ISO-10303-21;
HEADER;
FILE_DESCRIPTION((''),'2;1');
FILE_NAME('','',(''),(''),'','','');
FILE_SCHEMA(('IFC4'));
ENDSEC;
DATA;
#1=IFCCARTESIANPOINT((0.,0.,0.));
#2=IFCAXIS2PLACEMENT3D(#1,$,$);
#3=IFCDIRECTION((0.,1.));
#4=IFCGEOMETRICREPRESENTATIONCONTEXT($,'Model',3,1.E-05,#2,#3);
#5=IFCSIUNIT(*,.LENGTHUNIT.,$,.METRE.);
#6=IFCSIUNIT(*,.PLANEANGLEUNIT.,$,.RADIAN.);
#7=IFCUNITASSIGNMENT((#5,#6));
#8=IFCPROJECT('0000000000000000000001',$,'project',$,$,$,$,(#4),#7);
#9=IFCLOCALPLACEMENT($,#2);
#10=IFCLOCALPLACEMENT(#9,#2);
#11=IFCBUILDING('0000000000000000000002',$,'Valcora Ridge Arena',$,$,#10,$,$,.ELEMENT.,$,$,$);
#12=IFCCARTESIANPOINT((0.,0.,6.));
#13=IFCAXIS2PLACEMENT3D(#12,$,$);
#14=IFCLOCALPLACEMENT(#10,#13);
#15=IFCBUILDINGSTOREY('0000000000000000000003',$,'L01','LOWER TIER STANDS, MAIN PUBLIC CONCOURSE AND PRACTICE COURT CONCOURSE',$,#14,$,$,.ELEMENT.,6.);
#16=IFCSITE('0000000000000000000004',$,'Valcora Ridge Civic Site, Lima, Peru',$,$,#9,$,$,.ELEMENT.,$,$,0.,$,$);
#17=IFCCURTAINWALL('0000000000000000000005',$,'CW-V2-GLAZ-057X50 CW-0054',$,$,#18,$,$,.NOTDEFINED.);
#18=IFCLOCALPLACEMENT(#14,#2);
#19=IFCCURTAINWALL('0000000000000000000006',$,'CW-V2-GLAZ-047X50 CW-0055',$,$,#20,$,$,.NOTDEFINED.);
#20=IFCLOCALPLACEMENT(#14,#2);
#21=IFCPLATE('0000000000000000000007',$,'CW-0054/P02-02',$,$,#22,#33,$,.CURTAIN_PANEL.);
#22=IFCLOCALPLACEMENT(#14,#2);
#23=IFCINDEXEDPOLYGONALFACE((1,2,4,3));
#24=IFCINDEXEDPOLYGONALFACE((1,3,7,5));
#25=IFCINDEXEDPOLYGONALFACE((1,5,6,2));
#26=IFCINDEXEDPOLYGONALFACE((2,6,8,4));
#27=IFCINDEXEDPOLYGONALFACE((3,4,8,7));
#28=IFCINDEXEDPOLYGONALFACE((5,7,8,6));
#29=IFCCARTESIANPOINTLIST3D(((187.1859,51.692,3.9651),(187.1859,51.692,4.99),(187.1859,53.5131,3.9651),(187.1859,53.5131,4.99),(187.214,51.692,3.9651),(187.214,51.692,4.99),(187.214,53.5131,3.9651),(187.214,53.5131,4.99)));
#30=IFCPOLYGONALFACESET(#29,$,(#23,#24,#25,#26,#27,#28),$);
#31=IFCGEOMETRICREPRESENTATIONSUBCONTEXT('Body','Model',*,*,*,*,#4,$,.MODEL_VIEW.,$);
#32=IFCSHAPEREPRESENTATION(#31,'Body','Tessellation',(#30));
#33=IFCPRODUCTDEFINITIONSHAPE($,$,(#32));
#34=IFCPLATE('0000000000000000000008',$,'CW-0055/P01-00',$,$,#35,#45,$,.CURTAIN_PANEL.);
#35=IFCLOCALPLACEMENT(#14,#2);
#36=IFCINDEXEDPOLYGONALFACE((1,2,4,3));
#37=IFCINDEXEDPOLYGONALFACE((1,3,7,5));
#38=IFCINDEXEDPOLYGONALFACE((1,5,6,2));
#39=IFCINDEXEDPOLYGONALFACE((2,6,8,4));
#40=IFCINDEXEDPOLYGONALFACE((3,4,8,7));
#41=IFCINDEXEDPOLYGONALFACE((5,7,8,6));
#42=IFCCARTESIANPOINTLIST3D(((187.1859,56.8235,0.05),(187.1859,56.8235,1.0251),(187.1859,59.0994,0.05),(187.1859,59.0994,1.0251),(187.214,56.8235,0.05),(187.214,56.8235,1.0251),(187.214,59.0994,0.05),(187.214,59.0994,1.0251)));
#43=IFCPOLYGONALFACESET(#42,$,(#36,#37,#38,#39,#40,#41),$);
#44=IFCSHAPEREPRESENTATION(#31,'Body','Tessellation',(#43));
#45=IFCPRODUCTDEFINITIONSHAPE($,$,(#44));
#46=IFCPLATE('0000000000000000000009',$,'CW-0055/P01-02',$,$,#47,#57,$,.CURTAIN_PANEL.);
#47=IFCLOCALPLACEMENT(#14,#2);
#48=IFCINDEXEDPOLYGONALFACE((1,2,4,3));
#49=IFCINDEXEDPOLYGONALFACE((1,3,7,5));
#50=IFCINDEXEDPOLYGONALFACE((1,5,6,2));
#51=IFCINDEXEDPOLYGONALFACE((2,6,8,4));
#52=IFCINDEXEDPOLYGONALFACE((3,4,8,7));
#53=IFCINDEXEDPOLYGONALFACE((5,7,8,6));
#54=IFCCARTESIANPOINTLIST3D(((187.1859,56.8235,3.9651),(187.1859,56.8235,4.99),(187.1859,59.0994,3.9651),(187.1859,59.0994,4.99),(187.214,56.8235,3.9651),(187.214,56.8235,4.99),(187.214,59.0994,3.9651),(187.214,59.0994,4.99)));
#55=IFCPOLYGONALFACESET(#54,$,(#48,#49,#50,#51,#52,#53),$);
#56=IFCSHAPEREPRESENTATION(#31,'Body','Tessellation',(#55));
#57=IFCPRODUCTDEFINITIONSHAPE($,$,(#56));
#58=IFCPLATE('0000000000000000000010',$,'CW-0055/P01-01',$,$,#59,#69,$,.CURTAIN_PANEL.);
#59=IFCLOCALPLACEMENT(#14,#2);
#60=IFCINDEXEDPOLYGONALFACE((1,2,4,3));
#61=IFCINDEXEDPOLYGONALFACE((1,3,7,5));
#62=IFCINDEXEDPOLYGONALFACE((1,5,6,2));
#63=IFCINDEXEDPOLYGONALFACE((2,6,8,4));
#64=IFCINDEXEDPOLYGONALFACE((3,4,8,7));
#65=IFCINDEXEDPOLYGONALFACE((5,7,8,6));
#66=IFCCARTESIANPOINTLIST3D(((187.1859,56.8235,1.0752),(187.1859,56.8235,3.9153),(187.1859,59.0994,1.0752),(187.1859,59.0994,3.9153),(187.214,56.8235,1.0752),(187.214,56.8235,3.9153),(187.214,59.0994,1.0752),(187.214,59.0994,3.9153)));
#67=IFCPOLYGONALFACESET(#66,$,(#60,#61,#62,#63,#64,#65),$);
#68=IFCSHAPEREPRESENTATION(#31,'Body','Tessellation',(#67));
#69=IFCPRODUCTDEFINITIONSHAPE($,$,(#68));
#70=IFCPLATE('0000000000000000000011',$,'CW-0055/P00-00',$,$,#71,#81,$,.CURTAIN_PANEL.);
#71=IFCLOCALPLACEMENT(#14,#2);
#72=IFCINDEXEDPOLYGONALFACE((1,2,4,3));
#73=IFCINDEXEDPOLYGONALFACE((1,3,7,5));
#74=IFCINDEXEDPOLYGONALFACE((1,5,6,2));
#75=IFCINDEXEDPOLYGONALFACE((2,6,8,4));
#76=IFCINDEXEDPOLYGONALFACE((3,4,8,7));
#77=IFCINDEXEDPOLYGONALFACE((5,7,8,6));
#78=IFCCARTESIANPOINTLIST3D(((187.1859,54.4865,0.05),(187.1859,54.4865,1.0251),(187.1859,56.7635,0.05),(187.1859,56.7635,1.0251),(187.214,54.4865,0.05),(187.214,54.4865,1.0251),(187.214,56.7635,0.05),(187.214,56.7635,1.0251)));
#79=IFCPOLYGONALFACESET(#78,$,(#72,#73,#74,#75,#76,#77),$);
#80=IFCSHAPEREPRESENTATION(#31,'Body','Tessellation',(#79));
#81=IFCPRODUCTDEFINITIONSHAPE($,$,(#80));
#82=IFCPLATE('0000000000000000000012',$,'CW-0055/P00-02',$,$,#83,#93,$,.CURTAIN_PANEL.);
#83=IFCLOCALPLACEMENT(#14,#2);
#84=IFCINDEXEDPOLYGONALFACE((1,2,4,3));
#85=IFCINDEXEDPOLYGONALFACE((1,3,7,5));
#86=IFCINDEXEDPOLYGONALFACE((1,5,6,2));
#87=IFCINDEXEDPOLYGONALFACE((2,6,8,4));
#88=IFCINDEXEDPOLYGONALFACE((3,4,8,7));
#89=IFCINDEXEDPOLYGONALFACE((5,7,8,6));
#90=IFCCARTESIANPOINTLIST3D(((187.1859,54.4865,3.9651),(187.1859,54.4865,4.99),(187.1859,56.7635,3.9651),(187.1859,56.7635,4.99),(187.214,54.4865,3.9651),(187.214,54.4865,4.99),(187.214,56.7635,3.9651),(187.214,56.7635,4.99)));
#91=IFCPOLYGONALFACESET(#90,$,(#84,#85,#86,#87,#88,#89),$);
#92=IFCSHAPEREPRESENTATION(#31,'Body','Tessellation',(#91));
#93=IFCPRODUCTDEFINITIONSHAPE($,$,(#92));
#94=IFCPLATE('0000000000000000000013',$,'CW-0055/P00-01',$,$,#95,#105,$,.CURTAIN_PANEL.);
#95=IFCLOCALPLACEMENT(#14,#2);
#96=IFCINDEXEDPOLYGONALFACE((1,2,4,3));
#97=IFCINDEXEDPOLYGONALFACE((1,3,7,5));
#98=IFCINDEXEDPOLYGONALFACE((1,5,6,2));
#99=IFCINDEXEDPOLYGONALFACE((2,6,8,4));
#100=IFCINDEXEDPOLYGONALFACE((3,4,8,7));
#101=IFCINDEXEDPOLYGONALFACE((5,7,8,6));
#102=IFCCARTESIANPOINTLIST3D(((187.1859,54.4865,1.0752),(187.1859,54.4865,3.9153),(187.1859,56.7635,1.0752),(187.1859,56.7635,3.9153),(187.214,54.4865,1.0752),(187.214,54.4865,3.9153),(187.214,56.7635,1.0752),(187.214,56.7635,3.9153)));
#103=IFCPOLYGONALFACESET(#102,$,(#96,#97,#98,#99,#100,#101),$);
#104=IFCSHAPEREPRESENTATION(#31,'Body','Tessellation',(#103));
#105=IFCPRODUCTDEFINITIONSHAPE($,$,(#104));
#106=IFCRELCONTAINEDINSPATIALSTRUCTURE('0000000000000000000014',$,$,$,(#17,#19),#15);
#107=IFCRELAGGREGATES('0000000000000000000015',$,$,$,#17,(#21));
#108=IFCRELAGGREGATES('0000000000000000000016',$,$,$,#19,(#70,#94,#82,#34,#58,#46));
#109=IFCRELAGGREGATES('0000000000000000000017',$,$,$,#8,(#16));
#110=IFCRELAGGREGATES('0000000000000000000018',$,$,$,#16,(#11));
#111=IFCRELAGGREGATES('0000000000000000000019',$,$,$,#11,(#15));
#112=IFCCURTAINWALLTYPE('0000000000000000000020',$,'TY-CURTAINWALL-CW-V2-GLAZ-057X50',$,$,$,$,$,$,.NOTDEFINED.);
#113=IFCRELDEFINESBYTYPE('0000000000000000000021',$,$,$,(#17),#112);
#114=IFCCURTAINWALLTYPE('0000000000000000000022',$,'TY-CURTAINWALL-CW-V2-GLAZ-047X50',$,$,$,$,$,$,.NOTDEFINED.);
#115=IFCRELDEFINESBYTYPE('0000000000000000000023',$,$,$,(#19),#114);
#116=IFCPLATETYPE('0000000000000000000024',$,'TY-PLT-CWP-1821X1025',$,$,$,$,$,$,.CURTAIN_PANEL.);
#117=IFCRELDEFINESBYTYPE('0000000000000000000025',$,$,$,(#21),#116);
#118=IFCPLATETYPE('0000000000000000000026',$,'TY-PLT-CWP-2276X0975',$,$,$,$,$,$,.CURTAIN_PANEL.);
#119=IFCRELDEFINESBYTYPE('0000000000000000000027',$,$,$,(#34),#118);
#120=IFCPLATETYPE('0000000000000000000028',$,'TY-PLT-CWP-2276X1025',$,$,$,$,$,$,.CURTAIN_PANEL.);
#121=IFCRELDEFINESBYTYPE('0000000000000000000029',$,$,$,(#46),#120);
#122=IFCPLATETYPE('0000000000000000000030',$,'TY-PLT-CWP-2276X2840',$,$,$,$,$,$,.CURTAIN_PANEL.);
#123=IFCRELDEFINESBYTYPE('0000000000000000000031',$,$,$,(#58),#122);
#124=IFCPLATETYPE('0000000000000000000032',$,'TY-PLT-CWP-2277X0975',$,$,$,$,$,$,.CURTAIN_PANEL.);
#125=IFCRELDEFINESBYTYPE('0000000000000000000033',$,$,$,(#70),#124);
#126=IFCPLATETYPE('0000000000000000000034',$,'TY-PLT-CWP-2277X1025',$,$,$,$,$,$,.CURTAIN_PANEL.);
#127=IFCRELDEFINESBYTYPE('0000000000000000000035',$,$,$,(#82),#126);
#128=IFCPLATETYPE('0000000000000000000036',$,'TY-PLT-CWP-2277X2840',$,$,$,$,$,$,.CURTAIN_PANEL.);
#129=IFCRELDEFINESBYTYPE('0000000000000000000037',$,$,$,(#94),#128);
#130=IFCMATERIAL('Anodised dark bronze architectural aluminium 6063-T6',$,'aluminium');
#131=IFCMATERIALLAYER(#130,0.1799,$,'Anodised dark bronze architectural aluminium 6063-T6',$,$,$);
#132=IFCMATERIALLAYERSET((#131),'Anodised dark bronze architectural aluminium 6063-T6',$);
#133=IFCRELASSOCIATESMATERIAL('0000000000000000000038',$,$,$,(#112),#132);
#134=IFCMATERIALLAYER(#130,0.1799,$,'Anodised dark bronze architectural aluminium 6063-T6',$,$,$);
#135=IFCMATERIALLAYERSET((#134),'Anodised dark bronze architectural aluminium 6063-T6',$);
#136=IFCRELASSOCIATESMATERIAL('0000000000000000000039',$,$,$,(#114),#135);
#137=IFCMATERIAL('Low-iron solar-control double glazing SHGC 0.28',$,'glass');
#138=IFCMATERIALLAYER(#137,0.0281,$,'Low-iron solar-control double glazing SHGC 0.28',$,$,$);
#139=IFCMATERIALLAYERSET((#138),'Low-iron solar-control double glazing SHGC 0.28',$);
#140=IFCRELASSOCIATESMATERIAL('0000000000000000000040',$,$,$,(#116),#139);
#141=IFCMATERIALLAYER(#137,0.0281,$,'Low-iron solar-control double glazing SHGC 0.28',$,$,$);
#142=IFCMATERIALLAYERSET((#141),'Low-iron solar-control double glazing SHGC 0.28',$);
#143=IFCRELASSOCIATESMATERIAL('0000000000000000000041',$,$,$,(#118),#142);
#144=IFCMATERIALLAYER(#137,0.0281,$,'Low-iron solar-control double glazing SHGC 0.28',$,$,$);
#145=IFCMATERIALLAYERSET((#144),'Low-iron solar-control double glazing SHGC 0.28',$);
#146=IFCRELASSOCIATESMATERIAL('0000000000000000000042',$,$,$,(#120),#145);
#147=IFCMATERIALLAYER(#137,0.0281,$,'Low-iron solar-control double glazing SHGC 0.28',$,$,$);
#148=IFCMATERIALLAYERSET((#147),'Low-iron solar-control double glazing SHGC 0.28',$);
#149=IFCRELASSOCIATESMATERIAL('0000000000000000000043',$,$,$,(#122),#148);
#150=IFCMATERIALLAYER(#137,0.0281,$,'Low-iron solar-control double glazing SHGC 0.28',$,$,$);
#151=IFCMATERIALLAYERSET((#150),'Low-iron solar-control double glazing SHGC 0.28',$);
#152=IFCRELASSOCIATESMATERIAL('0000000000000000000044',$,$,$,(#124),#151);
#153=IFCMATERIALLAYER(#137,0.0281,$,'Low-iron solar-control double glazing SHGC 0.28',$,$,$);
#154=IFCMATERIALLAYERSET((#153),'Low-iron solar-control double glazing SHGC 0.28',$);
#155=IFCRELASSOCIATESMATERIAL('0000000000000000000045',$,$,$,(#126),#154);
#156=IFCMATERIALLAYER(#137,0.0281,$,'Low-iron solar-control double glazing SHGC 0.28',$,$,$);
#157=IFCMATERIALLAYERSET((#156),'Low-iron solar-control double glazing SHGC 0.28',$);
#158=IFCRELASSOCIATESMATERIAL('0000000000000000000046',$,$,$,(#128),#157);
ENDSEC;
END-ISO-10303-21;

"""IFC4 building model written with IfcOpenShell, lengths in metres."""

from ifc_helpers import new_model, si_unit, direction, frame, origin, origin_2d, place, context, subcontext, project, spatial, rectangle, extrude, material, layer, layer_set, type_object, element, aggregate, save


model = new_model("IFC4")

# Units and contexts
model_context = context("Model", 3, precision=1e-05, world=origin(), true_north=direction((0.0, 1.0)))
body_context = subcontext(model_context, "Body", "Model", "MODEL_VIEW")
ifc_project = project(units=[si_unit("LENGTHUNIT", "METRE"), si_unit("PLANEANGLEUNIT", "RADIAN")], contexts=[model_context])

# Site, building, storey
site_placement = place(None, origin())
site = spatial("IfcSite", under=ifc_project, at=site_placement, Name="Valcora Ridge Civic Site, Lima, Peru", CompositionType="ELEMENT", RefElevation=0.0)
building_placement = place(site_placement, origin())
building = spatial("IfcBuilding", under=site, at=building_placement, Name="Valcora Ridge Arena", CompositionType="ELEMENT")
storey_placement = place(building_placement, frame((0.0, 0.0, 6.0)))
storey = spatial("IfcBuildingStorey", under=building, at=storey_placement, Name="L01", Description="LOWER TIER STANDS, MAIN PUBLIC CONCOURSE AND PRACTICE COURT CONCOURSE", CompositionType="ELEMENT", Elevation=6.0)

# Curtain wall
ifc_material_1 = material(Name="Anodised dark bronze architectural aluminium 6063-T6", Category="aluminium")
ifc_layer_1 = layer(ifc_material_1, 0.1799, Name="Anodised dark bronze architectural aluminium 6063-T6")
ifc_layer_set_1 = layer_set([ifc_layer_1], Name="Anodised dark bronze architectural aluminium 6063-T6")
curtain_wall_type_1 = type_object("IfcCurtainWallType", Name="TY-CURTAINWALL-CW-V2-GLAZ-057X50", PredefinedType="NOTDEFINED", material=ifc_layer_set_1)
curtain_wall_1_placement = place(storey_placement, origin())
curtain_wall_1 = element("IfcCurtainWall", 1, at=curtain_wall_1_placement, inside=storey, type_object=curtain_wall_type_1, Name="CW-V2-GLAZ-057X50 CW-0054", PredefinedType="NOTDEFINED")

# Curtain wall
ifc_layer_2 = layer(ifc_material_1, 0.1799, Name="Anodised dark bronze architectural aluminium 6063-T6")
ifc_layer_set_2 = layer_set([ifc_layer_2], Name="Anodised dark bronze architectural aluminium 6063-T6")
curtain_wall_type_2 = type_object("IfcCurtainWallType", Name="TY-CURTAINWALL-CW-V2-GLAZ-047X50", PredefinedType="NOTDEFINED", material=ifc_layer_set_2)
curtain_wall_2_placement = place(storey_placement, origin())
curtain_wall_2 = element("IfcCurtainWall", 2, at=curtain_wall_2_placement, inside=storey, type_object=curtain_wall_type_2, Name="CW-V2-GLAZ-047X50 CW-0055", PredefinedType="NOTDEFINED")

# Plates
ifc_material_2 = material(Name="Low-iron solar-control double glazing SHGC 0.28", Category="glass")
ifc_layer_3 = layer(ifc_material_2, 0.0281, Name="Low-iron solar-control double glazing SHGC 0.28")
ifc_layer_set_3 = layer_set([ifc_layer_3], Name="Low-iron solar-control double glazing SHGC 0.28")
plate_type_1 = type_object("IfcPlateType", Name="TY-PLT-CWP-1821X1025", PredefinedType="CURTAIN_PANEL", material=ifc_layer_set_3)
plate_1_placement = place(storey_placement, frame((187.2, 52.6025, 3.9651), z_axis=(0.0, 0.0, 1.0), x_axis=(0.0, 1.0, 0.0)))
plate_1 = element("IfcPlate", 3, at=plate_1_placement, type_object=plate_type_1, Name="CW-0054/P02-02", PredefinedType="CURTAIN_PANEL", context=body_context, shape_type="SweptSolid", body=[
    extrude(rectangle(XDim=1.821, YDim=0.0281, at=origin_2d()), origin(), (0.0, 0.0, 1.0), 1.0249),
])
aggregate(curtain_wall_1, [plate_1])
ifc_layer_4 = layer(ifc_material_2, 0.0281, Name="Low-iron solar-control double glazing SHGC 0.28")
ifc_layer_set_4 = layer_set([ifc_layer_4], Name="Low-iron solar-control double glazing SHGC 0.28")
plate_type_2 = type_object("IfcPlateType", Name="TY-PLT-CWP-2276X0975", PredefinedType="CURTAIN_PANEL", material=ifc_layer_set_4)
plate_2_placement = place(storey_placement, frame((187.2, 57.9614, 0.05), z_axis=(0.0, 0.0, 1.0), x_axis=(0.0, 1.0, 0.0)))
plate_2 = element("IfcPlate", 4, at=plate_2_placement, type_object=plate_type_2, Name="CW-0055/P01-00", PredefinedType="CURTAIN_PANEL", context=body_context, shape_type="SweptSolid", body=[
    extrude(rectangle(XDim=2.2759, YDim=0.0281, at=origin_2d()), origin(), (0.0, 0.0, 1.0), 0.9751),
])
ifc_layer_5 = layer(ifc_material_2, 0.0281, Name="Low-iron solar-control double glazing SHGC 0.28")
ifc_layer_set_5 = layer_set([ifc_layer_5], Name="Low-iron solar-control double glazing SHGC 0.28")
plate_type_3 = type_object("IfcPlateType", Name="TY-PLT-CWP-2276X1025", PredefinedType="CURTAIN_PANEL", material=ifc_layer_set_5)
plate_3_placement = place(storey_placement, frame((187.2, 57.9614, 3.9651), z_axis=(0.0, 0.0, 1.0), x_axis=(0.0, 1.0, 0.0)))
plate_3 = element("IfcPlate", 5, at=plate_3_placement, type_object=plate_type_3, Name="CW-0055/P01-02", PredefinedType="CURTAIN_PANEL", context=body_context, shape_type="SweptSolid", body=[
    extrude(rectangle(XDim=2.2759, YDim=0.0281, at=origin_2d()), origin(), (0.0, 0.0, 1.0), 1.0249),
])
ifc_layer_6 = layer(ifc_material_2, 0.0281, Name="Low-iron solar-control double glazing SHGC 0.28")
ifc_layer_set_6 = layer_set([ifc_layer_6], Name="Low-iron solar-control double glazing SHGC 0.28")
plate_type_4 = type_object("IfcPlateType", Name="TY-PLT-CWP-2276X2840", PredefinedType="CURTAIN_PANEL", material=ifc_layer_set_6)
plate_4_placement = place(storey_placement, frame((187.2, 57.9614, 1.0752), z_axis=(0.0, 0.0, 1.0), x_axis=(0.0, 1.0, 0.0)))
plate_4 = element("IfcPlate", 6, at=plate_4_placement, type_object=plate_type_4, Name="CW-0055/P01-01", PredefinedType="CURTAIN_PANEL", context=body_context, shape_type="SweptSolid", body=[
    extrude(rectangle(XDim=2.2759, YDim=0.0281, at=origin_2d()), origin(), (0.0, 0.0, 1.0), 2.8401),
])
ifc_layer_7 = layer(ifc_material_2, 0.0281, Name="Low-iron solar-control double glazing SHGC 0.28")
ifc_layer_set_7 = layer_set([ifc_layer_7], Name="Low-iron solar-control double glazing SHGC 0.28")
plate_type_5 = type_object("IfcPlateType", Name="TY-PLT-CWP-2277X0975", PredefinedType="CURTAIN_PANEL", material=ifc_layer_set_7)
plate_5_placement = place(storey_placement, frame((187.2, 55.625, 0.05), z_axis=(0.0, 0.0, 1.0), x_axis=(0.0, 1.0, 0.0)))
plate_5 = element("IfcPlate", 7, at=plate_5_placement, type_object=plate_type_5, Name="CW-0055/P00-00", PredefinedType="CURTAIN_PANEL", context=body_context, shape_type="SweptSolid", body=[
    extrude(rectangle(XDim=2.2771, YDim=0.0281, at=origin_2d()), origin(), (0.0, 0.0, 1.0), 0.9751),
])
ifc_layer_8 = layer(ifc_material_2, 0.0281, Name="Low-iron solar-control double glazing SHGC 0.28")
ifc_layer_set_8 = layer_set([ifc_layer_8], Name="Low-iron solar-control double glazing SHGC 0.28")
plate_type_6 = type_object("IfcPlateType", Name="TY-PLT-CWP-2277X1025", PredefinedType="CURTAIN_PANEL", material=ifc_layer_set_8)
plate_6_placement = place(storey_placement, frame((187.2, 55.625, 3.9651), z_axis=(0.0, 0.0, 1.0), x_axis=(0.0, 1.0, 0.0)))
plate_6 = element("IfcPlate", 8, at=plate_6_placement, type_object=plate_type_6, Name="CW-0055/P00-02", PredefinedType="CURTAIN_PANEL", context=body_context, shape_type="SweptSolid", body=[
    extrude(rectangle(XDim=2.2771, YDim=0.0281, at=origin_2d()), origin(), (0.0, 0.0, 1.0), 1.0249),
])
ifc_layer_9 = layer(ifc_material_2, 0.0281, Name="Low-iron solar-control double glazing SHGC 0.28")
ifc_layer_set_9 = layer_set([ifc_layer_9], Name="Low-iron solar-control double glazing SHGC 0.28")
plate_type_7 = type_object("IfcPlateType", Name="TY-PLT-CWP-2277X2840", PredefinedType="CURTAIN_PANEL", material=ifc_layer_set_9)
plate_7_placement = place(storey_placement, frame((187.2, 55.625, 1.0752), z_axis=(0.0, 0.0, 1.0), x_axis=(0.0, 1.0, 0.0)))
plate_7 = element("IfcPlate", 9, at=plate_7_placement, type_object=plate_type_7, Name="CW-0055/P00-01", PredefinedType="CURTAIN_PANEL", context=body_context, shape_type="SweptSolid", body=[
    extrude(rectangle(XDim=2.2771, YDim=0.0281, at=origin_2d()), origin(), (0.0, 0.0, 1.0), 2.8401),
])
aggregate(curtain_wall_2, [plate_5, plate_7, plate_6, plate_2, plate_4, plate_3])

save(model, "model.ifc")
